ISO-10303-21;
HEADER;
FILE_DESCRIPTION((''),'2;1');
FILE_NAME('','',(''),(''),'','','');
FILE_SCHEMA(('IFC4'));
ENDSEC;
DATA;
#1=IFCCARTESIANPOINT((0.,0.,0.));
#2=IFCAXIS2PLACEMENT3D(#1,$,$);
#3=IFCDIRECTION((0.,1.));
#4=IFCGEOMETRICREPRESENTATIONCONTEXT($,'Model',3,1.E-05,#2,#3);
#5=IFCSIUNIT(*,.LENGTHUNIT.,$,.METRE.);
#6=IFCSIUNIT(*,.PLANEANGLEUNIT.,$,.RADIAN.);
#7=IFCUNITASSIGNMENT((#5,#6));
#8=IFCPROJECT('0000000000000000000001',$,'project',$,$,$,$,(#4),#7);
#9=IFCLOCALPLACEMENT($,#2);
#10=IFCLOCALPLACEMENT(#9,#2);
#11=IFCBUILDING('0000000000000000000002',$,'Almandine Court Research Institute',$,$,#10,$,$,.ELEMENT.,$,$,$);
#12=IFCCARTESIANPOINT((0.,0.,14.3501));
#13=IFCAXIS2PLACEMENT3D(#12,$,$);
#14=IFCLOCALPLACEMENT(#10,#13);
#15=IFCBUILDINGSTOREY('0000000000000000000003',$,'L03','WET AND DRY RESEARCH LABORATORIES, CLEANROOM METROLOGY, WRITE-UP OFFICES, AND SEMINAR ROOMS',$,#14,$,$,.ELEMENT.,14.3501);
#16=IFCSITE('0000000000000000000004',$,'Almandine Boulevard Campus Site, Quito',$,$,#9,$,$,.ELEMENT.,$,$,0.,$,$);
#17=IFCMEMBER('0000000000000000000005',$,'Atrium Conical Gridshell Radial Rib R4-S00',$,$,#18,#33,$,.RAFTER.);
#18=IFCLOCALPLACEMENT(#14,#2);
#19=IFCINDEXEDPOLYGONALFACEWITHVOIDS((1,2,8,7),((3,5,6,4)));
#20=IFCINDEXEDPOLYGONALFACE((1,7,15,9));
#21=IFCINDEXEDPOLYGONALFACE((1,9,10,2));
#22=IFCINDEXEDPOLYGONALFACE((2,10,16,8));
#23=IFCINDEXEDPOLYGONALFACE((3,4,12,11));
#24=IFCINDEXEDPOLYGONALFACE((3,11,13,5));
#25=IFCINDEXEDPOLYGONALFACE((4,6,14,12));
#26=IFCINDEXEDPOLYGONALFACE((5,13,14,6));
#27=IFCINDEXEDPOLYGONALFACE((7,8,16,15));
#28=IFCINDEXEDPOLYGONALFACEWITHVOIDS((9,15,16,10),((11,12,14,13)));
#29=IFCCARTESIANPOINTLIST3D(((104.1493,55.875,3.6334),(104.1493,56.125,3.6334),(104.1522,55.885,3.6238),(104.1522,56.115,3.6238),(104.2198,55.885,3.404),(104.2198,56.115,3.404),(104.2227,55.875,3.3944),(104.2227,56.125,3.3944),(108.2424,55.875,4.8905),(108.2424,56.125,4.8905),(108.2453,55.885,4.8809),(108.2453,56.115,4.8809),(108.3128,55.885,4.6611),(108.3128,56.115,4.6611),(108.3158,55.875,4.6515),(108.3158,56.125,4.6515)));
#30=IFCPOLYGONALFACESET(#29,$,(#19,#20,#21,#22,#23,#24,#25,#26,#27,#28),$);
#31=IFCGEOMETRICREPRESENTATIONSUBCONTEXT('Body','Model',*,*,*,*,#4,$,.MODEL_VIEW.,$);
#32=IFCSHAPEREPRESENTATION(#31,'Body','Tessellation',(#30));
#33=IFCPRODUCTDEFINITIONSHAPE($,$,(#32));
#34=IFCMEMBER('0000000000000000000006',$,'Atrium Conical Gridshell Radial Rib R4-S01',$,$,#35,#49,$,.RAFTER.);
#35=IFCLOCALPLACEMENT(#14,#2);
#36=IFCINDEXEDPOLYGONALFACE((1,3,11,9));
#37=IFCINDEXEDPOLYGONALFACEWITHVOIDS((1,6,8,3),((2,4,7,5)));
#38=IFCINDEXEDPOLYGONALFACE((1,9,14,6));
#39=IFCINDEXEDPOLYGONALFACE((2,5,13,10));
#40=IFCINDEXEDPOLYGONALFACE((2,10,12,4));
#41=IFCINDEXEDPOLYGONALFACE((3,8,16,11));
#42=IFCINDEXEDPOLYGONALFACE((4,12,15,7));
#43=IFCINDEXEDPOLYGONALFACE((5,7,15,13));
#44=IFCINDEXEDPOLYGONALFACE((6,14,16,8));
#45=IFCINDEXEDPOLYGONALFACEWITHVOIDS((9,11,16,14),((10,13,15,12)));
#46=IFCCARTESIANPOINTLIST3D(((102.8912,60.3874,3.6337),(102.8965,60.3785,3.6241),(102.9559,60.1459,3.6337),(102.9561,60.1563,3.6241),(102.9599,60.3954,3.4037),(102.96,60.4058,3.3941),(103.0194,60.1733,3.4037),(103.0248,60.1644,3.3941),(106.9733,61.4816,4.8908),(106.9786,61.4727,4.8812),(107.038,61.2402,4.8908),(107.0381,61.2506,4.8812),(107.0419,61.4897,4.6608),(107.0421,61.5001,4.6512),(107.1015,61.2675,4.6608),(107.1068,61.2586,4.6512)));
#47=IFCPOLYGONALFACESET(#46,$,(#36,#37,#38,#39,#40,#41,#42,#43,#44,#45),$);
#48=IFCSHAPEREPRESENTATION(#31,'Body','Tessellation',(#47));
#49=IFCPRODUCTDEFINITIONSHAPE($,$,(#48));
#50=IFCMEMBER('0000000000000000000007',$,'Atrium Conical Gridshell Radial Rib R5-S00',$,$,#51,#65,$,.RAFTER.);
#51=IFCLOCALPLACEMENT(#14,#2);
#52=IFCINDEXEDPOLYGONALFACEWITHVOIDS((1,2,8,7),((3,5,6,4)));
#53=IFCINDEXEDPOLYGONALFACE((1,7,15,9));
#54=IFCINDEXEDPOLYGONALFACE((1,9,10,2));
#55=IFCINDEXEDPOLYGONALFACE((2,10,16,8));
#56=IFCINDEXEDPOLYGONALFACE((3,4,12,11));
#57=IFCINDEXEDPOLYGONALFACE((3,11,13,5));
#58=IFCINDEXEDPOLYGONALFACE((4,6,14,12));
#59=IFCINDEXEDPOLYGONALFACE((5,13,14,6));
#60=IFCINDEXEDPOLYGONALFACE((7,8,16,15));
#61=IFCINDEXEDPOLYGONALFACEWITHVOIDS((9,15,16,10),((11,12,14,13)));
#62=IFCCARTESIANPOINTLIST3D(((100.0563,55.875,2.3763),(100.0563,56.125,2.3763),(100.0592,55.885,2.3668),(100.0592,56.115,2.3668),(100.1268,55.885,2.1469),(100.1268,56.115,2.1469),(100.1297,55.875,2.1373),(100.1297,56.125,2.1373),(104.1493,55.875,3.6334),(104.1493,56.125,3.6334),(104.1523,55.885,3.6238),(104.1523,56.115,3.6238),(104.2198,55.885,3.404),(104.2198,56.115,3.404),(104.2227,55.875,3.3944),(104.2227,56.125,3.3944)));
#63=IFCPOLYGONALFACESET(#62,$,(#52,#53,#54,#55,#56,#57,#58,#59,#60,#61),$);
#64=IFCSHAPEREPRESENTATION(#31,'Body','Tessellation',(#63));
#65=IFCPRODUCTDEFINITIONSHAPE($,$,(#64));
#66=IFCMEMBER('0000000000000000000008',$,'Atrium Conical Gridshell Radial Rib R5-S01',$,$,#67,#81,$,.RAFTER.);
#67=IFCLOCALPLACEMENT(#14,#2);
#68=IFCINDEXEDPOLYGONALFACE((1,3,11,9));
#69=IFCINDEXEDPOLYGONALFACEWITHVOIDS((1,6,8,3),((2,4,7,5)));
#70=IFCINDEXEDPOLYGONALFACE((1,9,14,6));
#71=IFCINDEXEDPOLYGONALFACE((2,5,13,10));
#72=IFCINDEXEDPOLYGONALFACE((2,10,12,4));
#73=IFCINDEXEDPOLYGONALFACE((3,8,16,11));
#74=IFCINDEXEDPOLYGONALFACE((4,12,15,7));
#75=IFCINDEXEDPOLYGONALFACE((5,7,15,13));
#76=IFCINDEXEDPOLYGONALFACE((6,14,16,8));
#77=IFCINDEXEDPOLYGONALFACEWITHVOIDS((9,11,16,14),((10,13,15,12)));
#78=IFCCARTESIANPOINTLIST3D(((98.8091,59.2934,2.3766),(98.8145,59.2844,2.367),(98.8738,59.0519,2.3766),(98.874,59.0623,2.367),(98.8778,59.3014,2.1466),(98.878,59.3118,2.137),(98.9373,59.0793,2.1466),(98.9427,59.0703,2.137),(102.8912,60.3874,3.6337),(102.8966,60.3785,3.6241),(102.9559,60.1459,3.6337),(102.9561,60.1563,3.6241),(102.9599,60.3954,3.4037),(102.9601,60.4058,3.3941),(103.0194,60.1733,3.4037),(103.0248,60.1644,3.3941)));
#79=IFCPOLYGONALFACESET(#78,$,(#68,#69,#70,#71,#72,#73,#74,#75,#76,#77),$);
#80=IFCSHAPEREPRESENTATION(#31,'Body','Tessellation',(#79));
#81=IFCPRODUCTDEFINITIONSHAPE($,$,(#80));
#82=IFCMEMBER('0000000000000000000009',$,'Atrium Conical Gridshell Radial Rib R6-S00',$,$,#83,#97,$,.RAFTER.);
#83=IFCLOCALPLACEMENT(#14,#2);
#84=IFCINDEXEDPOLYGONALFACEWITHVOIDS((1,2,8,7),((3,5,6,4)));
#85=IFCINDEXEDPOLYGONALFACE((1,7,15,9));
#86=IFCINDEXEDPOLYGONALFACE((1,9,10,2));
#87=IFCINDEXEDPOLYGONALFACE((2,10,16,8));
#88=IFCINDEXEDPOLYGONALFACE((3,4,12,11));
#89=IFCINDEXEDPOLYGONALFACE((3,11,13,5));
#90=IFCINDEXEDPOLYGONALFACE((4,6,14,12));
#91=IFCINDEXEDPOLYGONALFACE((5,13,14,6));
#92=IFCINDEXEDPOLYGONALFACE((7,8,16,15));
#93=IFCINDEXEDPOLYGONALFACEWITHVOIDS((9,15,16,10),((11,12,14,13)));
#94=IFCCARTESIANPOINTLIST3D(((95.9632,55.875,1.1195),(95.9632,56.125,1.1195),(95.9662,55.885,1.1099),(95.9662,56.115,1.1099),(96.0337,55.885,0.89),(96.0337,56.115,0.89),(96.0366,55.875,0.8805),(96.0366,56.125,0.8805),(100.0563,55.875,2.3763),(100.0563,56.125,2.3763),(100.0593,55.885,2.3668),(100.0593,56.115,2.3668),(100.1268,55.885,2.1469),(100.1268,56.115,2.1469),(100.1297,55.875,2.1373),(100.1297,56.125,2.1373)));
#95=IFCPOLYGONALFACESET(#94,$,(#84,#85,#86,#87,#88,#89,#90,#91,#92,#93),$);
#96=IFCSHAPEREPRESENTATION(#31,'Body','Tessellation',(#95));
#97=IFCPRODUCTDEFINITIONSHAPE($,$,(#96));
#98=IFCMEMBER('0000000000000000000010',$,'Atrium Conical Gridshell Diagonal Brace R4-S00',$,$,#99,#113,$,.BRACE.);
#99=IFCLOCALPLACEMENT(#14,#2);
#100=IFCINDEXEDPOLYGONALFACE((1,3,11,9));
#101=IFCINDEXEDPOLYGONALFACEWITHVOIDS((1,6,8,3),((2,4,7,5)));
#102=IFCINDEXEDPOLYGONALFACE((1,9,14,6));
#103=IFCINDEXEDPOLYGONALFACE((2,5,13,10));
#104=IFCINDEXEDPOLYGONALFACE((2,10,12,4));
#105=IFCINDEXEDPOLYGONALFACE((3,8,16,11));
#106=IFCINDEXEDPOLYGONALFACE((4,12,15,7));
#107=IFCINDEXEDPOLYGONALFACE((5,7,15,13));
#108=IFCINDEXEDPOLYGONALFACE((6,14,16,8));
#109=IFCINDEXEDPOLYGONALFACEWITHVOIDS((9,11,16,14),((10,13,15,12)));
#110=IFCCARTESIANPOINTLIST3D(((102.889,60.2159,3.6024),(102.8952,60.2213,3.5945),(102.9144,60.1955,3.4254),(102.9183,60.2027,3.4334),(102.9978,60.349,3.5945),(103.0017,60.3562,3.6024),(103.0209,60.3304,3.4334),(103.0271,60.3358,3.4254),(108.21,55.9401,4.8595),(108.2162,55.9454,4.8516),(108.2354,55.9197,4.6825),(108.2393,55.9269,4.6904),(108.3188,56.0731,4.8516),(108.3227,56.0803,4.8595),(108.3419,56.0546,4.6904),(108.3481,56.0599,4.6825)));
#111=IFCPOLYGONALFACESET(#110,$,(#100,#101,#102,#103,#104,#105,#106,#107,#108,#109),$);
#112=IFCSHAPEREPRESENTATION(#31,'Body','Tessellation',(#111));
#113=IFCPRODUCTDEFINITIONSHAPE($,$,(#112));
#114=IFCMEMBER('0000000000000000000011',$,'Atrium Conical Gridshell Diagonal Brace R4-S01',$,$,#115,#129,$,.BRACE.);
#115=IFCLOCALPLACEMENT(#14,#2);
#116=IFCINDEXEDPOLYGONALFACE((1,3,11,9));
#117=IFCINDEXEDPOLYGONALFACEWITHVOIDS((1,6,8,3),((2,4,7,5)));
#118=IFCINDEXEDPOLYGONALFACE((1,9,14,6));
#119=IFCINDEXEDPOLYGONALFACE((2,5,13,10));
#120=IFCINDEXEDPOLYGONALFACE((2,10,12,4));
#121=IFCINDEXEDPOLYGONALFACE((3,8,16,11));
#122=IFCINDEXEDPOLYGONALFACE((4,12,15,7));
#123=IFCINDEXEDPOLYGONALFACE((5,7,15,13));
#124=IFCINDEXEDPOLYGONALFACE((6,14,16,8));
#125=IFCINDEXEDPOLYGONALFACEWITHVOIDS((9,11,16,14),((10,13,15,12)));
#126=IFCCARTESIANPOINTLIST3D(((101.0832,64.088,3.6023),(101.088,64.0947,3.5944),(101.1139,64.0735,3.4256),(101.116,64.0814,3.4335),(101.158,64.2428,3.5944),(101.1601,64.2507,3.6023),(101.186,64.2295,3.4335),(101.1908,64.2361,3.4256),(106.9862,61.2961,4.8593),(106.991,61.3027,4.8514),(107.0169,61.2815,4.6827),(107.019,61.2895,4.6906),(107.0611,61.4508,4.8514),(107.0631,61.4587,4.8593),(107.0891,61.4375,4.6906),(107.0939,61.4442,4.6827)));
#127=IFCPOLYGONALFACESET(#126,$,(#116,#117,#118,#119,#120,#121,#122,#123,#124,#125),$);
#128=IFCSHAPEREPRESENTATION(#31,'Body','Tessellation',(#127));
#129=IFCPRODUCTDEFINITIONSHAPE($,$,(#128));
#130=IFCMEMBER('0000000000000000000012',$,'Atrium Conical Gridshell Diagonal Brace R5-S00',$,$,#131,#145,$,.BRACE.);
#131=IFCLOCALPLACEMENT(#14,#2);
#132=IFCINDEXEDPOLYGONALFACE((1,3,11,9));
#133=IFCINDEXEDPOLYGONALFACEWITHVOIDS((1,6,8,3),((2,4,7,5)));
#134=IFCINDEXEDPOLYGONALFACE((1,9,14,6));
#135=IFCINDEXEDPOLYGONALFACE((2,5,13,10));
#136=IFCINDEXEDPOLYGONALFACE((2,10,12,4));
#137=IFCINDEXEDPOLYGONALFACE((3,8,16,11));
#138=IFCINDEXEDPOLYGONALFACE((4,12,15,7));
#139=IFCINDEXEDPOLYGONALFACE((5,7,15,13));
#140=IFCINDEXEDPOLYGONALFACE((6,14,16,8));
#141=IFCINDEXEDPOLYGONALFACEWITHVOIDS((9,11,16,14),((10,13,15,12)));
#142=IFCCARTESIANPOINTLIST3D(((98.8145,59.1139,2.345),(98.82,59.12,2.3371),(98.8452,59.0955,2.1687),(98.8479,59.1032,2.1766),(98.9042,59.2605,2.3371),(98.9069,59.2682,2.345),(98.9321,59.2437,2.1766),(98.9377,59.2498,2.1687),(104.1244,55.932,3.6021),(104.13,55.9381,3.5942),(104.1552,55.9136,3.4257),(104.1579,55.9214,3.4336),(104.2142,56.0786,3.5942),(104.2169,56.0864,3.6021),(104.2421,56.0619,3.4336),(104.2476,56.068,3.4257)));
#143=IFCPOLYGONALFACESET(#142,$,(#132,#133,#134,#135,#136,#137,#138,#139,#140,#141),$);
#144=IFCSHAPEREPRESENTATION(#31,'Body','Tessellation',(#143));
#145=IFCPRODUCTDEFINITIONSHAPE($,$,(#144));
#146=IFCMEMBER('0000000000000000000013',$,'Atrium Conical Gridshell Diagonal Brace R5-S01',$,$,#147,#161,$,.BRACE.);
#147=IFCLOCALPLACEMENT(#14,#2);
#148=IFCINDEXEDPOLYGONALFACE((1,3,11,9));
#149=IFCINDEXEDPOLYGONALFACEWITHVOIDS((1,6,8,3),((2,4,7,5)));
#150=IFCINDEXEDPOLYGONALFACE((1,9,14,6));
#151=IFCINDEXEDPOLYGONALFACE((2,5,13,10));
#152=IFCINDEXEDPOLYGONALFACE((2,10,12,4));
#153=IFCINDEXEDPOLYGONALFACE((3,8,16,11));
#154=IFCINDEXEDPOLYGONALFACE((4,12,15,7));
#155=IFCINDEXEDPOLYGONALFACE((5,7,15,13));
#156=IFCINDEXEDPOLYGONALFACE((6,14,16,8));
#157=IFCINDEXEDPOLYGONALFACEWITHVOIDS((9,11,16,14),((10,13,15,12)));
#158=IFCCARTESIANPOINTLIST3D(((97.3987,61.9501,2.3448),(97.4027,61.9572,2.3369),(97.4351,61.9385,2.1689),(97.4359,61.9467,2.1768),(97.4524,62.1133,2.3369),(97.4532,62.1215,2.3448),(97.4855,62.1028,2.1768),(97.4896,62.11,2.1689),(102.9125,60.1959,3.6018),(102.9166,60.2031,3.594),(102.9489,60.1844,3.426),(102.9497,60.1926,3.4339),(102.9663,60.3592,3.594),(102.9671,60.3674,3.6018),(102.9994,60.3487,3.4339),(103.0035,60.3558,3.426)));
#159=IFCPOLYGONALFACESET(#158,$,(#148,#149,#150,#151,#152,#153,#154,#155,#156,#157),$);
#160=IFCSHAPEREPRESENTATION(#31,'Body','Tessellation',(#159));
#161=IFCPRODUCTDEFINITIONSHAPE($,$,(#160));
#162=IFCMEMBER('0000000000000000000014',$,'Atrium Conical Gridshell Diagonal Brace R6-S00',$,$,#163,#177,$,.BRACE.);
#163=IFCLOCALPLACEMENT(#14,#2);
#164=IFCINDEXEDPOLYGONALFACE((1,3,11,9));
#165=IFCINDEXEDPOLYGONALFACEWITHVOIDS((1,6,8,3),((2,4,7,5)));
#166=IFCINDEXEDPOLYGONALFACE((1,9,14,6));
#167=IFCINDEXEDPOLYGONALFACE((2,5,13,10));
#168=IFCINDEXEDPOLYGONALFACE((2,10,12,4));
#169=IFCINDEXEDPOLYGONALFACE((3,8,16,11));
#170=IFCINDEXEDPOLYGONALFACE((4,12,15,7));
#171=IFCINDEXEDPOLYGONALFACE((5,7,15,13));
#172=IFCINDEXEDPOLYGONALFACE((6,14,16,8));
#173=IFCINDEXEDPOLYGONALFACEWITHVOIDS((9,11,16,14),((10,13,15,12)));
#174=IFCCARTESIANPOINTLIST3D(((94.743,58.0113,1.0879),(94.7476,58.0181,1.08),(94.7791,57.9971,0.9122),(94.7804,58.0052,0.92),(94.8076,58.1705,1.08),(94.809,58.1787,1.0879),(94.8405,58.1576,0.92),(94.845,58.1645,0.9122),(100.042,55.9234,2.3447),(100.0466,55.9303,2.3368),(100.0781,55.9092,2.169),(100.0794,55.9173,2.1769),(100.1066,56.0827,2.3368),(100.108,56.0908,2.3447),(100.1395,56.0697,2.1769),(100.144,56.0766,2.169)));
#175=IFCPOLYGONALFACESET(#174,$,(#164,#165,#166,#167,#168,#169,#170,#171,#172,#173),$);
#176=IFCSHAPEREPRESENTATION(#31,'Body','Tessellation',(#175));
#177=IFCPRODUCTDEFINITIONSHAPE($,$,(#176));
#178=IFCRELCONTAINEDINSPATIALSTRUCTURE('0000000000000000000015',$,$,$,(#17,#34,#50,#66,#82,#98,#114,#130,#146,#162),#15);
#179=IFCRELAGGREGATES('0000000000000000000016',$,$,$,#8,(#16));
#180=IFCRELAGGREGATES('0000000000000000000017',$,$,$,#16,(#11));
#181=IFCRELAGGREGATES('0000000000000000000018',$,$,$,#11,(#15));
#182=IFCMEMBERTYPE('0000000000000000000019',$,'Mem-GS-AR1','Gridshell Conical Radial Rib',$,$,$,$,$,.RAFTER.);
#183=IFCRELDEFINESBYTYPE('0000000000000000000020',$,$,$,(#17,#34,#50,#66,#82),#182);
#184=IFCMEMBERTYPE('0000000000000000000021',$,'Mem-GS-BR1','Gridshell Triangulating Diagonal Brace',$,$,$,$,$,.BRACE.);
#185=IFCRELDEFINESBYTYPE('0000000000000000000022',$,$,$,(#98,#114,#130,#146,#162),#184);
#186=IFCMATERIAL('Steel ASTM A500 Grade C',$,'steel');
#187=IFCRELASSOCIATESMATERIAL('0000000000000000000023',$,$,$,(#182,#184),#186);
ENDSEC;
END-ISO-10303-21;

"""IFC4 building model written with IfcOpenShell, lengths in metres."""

from ifc_helpers import new_model, si_unit, direction, frame, origin, origin_2d, place, context, subcontext, project, spatial, hollow_rectangle, extrude, material, material_profile, profile_set, type_object, element, save


model = new_model("IFC4")

# Units and contexts
model_context = context("Model", 3, precision=1e-05, world=origin(), true_north=direction((0.0, 1.0)))
body_context = subcontext(model_context, "Body", "Model", "MODEL_VIEW")
ifc_project = project(units=[si_unit("LENGTHUNIT", "METRE"), si_unit("PLANEANGLEUNIT", "RADIAN")], contexts=[model_context])

# Site, building, storey
site_placement = place(None, origin())
site = spatial("IfcSite", under=ifc_project, at=site_placement, Name="Almandine Boulevard Campus Site, Quito", CompositionType="ELEMENT", RefElevation=0.0)
building_placement = place(site_placement, origin())
building = spatial("IfcBuilding", under=site, at=building_placement, Name="Almandine Court Research Institute", CompositionType="ELEMENT")
storey_placement = place(building_placement, frame((0.0, 0.0, 14.3501)))
storey = spatial("IfcBuildingStorey", under=building, at=storey_placement, Name="L03", Description="WET AND DRY RESEARCH LABORATORIES, CLEANROOM METROLOGY, WRITE-UP OFFICES, AND SEMINAR ROOMS", CompositionType="ELEMENT", Elevation=14.3501)

# Members
ifc_material_1 = material(Name="Steel ASTM A500 Grade C", Category="steel")
ifc_material_profile_1 = material_profile(ifc_material_1, hollow_rectangle(XDim=0.25, YDim=0.25, WallThickness=0.01, at=origin_2d()), Name="HSS 250x250x10")
ifc_profile_set_1 = profile_set([ifc_material_profile_1], Name="Steel ASTM A500 Grade C")
member_type_1 = type_object("IfcMemberType", Name="Mem-GS-AR1", Description="Gridshell Conical Radial Rib", PredefinedType="RAFTER", material=ifc_profile_set_1)
member_1_placement = place(storey_placement, frame((108.2791, 56.0, 4.771), z_axis=(-0.955931, 0.0, -0.293593), x_axis=(0.0, -1.0, 0.0)))
element("IfcMember", 1, at=member_1_placement, inside=storey, type_object=member_type_1, Name="Atrium Conical Gridshell Radial Rib R4-S00", PredefinedType="RAFTER", context=body_context, shape_type="SweptSolid", body=[
    extrude(hollow_rectangle(XDim=0.25, YDim=0.25, WallThickness=0.01, at=origin_2d()), origin(), (0.0, 0.0, 1.0), 4.2817),
])
member_2_placement = place(storey_placement, frame((107.04, 61.3701, 4.771), z_axis=(-0.92581, -0.248175, -0.285107), x_axis=(0.258921, -0.965899, 0.0)))
element("IfcMember", 2, at=member_2_placement, inside=storey, type_object=member_type_1, Name="Atrium Conical Gridshell Radial Rib R4-S01", PredefinedType="RAFTER", context=body_context, shape_type="SweptSolid", body=[
    extrude(hollow_rectangle(XDim=0.25, YDim=0.25, WallThickness=0.01, at=origin_2d()), origin(), (0.0, 0.0, 1.0), 4.4092),
])
member_3_placement = place(storey_placement, frame((104.186, 56.0, 3.5139), z_axis=(-0.955931, 0.0, -0.293593), x_axis=(0.0, -1.0, 0.0)))
element("IfcMember", 3, at=member_3_placement, inside=storey, type_object=member_type_1, Name="Atrium Conical Gridshell Radial Rib R5-S00", PredefinedType="RAFTER", context=body_context, shape_type="SweptSolid", body=[
    extrude(hollow_rectangle(XDim=0.25, YDim=0.25, WallThickness=0.01, at=origin_2d()), origin(), (0.0, 0.0, 1.0), 4.2817),
])
member_4_placement = place(storey_placement, frame((102.958, 60.2759, 3.5139), z_axis=(-0.925822, -0.248123, -0.285111), x_axis=(0.258867, -0.965913, 0.0)))
element("IfcMember", 4, at=member_4_placement, inside=storey, type_object=member_type_1, Name="Atrium Conical Gridshell Radial Rib R5-S01", PredefinedType="RAFTER", context=body_context, shape_type="SweptSolid", body=[
    extrude(hollow_rectangle(XDim=0.25, YDim=0.25, WallThickness=0.01, at=origin_2d()), origin(), (0.0, 0.0, 1.0), 4.4092),
])
member_5_placement = place(storey_placement, frame((100.093, 56.0, 2.2568), z_axis=(-0.955947, 0.0, -0.293541), x_axis=(0.0, -1.0, 0.0)))
element("IfcMember", 5, at=member_5_placement, inside=storey, type_object=member_type_1, Name="Atrium Conical Gridshell Radial Rib R6-S00", PredefinedType="RAFTER", context=body_context, shape_type="SweptSolid", body=[
    extrude(hollow_rectangle(XDim=0.25, YDim=0.25, WallThickness=0.01, at=origin_2d()), origin(), (0.0, 0.0, 1.0), 4.2817),
])
ifc_material_profile_2 = material_profile(ifc_material_1, hollow_rectangle(XDim=0.1799, YDim=0.1799, WallThickness=0.0081, at=origin_2d()), Name="HSS 180x180x8")
ifc_profile_set_2 = profile_set([ifc_material_profile_2], Name="Steel ASTM A500 Grade C")
member_type_2 = type_object("IfcMemberType", Name="Mem-GS-BR1", Description="Gridshell Triangulating Diagonal Brace", PredefinedType="BRACE", material=ifc_profile_set_2)
member_6_placement = place(storey_placement, frame((108.2791, 56.0, 4.771), z_axis=(-0.766615, 0.616036, -0.18111), x_axis=(-0.626395, -0.779506, 0.0)))
element("IfcMember", 6, at=member_6_placement, inside=storey, type_object=member_type_2, Name="Atrium Conical Gridshell Diagonal Brace R4-S00", PredefinedType="BRACE", context=body_context, shape_type="SweptSolid", body=[
    extrude(hollow_rectangle(XDim=0.1799, YDim=0.1799, WallThickness=0.0081, at=origin_2d()), origin(), (0.0, 0.0, 1.0), 6.9409),
])
member_7_placement = place(storey_placement, frame((107.04, 61.3701, 4.771), z_axis=(-0.887688, 0.419852, -0.189036), x_axis=(-0.427561, -0.903987, 0.0)))
element("IfcMember", 7, at=member_7_placement, inside=storey, type_object=member_type_2, Name="Atrium Conical Gridshell Diagonal Brace R4-S01", PredefinedType="BRACE", context=body_context, shape_type="SweptSolid", body=[
    extrude(hollow_rectangle(XDim=0.1799, YDim=0.1799, WallThickness=0.0081, at=origin_2d()), origin(), (0.0, 0.0, 1.0), 6.6499),
])
member_8_placement = place(storey_placement, frame((104.186, 56.0, 3.5139), z_axis=(-0.840631, 0.503722, -0.199007), x_axis=(-0.514003, -0.857789, 0.0)))
element("IfcMember", 8, at=member_8_placement, inside=storey, type_object=member_type_2, Name="Atrium Conical Gridshell Diagonal Brace R5-S00", PredefinedType="BRACE", context=body_context, shape_type="SweptSolid", body=[
    extrude(hollow_rectangle(XDim=0.1799, YDim=0.1799, WallThickness=0.0081, at=origin_2d()), origin(), (0.0, 0.0, 1.0), 6.3167),
])
member_9_placement = place(storey_placement, frame((102.958, 60.2759, 3.5139), z_axis=(-0.931217, 0.296249, -0.212302), x_axis=(-0.30316, -0.95294, 0.0)))
element("IfcMember", 9, at=member_9_placement, inside=storey, type_object=member_type_2, Name="Atrium Conical Gridshell Diagonal Brace R5-S01", PredefinedType="BRACE", context=body_context, shape_type="SweptSolid", body=[
    extrude(hollow_rectangle(XDim=0.1799, YDim=0.1799, WallThickness=0.0081, at=origin_2d()), origin(), (0.0, 0.0, 1.0), 5.9211),
])
member_10_placement = place(storey_placement, frame((100.093, 56.0, 2.2568), z_axis=(-0.908528, 0.35797, -0.215485), x_axis=(-0.366582, -0.930386, 0.0)))
element("IfcMember", 10, at=member_10_placement, inside=storey, type_object=member_type_2, Name="Atrium Conical Gridshell Diagonal Brace R6-S00", PredefinedType="BRACE", context=body_context, shape_type="SweptSolid", body=[
    extrude(hollow_rectangle(XDim=0.1799, YDim=0.1799, WallThickness=0.0081, at=origin_2d()), origin(), (0.0, 0.0, 1.0), 5.8325),
])

save(model, "model.ifc")
